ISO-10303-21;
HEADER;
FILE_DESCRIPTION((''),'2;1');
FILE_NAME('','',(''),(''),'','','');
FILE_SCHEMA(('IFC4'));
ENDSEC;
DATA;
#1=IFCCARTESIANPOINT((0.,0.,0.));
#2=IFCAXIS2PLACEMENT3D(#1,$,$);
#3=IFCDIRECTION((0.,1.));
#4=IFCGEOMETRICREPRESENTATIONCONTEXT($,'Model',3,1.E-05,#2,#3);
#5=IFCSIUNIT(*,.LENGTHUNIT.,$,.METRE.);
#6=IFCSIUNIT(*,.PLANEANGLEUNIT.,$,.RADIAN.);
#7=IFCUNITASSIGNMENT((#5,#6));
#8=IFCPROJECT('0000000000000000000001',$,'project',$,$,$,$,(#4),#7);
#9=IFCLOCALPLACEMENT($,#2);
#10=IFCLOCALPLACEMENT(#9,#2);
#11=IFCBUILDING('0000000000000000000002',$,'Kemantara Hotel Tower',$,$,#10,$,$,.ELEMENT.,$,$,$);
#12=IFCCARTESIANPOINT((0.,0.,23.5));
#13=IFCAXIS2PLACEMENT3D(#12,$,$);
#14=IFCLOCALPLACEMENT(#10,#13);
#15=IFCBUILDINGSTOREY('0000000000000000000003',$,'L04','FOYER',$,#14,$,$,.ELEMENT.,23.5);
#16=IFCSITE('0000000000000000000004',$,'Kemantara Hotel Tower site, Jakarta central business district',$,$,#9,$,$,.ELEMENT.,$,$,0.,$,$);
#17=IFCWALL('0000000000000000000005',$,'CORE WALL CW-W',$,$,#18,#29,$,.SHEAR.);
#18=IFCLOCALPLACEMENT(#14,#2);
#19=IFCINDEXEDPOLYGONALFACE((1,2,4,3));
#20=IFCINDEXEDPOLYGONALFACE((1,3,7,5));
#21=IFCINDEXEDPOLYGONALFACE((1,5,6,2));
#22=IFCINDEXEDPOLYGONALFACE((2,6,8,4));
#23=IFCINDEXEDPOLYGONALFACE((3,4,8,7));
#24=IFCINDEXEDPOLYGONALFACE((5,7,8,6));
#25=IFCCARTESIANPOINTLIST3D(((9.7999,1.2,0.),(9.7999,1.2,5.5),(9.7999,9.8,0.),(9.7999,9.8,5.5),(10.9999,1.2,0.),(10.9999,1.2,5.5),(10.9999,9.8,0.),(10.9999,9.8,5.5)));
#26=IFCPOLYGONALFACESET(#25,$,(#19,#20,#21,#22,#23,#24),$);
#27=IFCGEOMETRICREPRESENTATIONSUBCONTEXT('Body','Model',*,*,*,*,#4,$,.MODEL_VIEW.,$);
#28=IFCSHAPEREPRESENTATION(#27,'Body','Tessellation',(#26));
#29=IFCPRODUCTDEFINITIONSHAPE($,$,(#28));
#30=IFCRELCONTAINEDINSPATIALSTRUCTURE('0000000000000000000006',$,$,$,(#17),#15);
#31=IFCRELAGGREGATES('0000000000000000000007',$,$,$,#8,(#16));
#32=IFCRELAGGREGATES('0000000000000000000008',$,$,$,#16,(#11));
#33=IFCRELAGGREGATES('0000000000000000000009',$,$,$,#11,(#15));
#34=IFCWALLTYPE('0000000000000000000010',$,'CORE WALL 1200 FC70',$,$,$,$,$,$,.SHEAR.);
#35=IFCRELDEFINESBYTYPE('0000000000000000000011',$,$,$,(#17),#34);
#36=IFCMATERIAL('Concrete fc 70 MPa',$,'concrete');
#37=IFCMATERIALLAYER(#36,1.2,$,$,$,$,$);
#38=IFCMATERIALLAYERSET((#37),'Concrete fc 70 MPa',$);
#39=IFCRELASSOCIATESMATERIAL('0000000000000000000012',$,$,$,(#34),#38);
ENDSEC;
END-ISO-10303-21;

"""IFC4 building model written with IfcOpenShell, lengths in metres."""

from ifc_helpers import new_model, si_unit, direction, frame, frame_2d, origin, place, context, subcontext, project, spatial, rectangle, extrude, material, layer, layer_set, type_object, element, save


model = new_model("IFC4")

# Units and contexts
model_context = context("Model", 3, precision=1e-05, world=origin(), true_north=direction((0.0, 1.0)))
body_context = subcontext(model_context, "Body", "Model", "MODEL_VIEW")
ifc_project = project(units=[si_unit("LENGTHUNIT", "METRE"), si_unit("PLANEANGLEUNIT", "RADIAN")], contexts=[model_context])

# Site, building, storey
site_placement = place(None, origin())
site = spatial("IfcSite", under=ifc_project, at=site_placement, Name="Kemantara Hotel Tower site, Jakarta central business district", CompositionType="ELEMENT", RefElevation=0.0)
building_placement = place(site_placement, origin())
building = spatial("IfcBuilding", under=site, at=building_placement, Name="Kemantara Hotel Tower", CompositionType="ELEMENT")
storey_placement = place(building_placement, frame((0.0, 0.0, 23.5)))
storey = spatial("IfcBuildingStorey", under=building, at=storey_placement, Name="L04", Description="FOYER", CompositionType="ELEMENT", Elevation=23.5)

# Wall
ifc_material_1 = material(Name="Concrete fc 70 MPa", Category="concrete")
ifc_layer_1 = layer(ifc_material_1, 1.2)
ifc_layer_set_1 = layer_set([ifc_layer_1], Name="Concrete fc 70 MPa")
wall_type_1 = type_object("IfcWallType", Name="CORE WALL 1200 FC70", PredefinedType="SHEAR", material=ifc_layer_set_1)
wall_1_placement = place(storey_placement, frame((10.3999, 1.2, 0.0), z_axis=(0.0, 0.0, 1.0), x_axis=(0.0, 1.0, 0.0)))
element("IfcWall", 1, at=wall_1_placement, inside=storey, type_object=wall_type_1, Name="CORE WALL CW-W", PredefinedType="SHEAR", context=body_context, shape_type="SweptSolid", body=[
    extrude(rectangle(XDim=8.6001, YDim=1.2, at=frame_2d((4.3, 0.0))), origin(), (0.0, 0.0, 1.0), 5.5),
])

save(model, "model.ifc")
